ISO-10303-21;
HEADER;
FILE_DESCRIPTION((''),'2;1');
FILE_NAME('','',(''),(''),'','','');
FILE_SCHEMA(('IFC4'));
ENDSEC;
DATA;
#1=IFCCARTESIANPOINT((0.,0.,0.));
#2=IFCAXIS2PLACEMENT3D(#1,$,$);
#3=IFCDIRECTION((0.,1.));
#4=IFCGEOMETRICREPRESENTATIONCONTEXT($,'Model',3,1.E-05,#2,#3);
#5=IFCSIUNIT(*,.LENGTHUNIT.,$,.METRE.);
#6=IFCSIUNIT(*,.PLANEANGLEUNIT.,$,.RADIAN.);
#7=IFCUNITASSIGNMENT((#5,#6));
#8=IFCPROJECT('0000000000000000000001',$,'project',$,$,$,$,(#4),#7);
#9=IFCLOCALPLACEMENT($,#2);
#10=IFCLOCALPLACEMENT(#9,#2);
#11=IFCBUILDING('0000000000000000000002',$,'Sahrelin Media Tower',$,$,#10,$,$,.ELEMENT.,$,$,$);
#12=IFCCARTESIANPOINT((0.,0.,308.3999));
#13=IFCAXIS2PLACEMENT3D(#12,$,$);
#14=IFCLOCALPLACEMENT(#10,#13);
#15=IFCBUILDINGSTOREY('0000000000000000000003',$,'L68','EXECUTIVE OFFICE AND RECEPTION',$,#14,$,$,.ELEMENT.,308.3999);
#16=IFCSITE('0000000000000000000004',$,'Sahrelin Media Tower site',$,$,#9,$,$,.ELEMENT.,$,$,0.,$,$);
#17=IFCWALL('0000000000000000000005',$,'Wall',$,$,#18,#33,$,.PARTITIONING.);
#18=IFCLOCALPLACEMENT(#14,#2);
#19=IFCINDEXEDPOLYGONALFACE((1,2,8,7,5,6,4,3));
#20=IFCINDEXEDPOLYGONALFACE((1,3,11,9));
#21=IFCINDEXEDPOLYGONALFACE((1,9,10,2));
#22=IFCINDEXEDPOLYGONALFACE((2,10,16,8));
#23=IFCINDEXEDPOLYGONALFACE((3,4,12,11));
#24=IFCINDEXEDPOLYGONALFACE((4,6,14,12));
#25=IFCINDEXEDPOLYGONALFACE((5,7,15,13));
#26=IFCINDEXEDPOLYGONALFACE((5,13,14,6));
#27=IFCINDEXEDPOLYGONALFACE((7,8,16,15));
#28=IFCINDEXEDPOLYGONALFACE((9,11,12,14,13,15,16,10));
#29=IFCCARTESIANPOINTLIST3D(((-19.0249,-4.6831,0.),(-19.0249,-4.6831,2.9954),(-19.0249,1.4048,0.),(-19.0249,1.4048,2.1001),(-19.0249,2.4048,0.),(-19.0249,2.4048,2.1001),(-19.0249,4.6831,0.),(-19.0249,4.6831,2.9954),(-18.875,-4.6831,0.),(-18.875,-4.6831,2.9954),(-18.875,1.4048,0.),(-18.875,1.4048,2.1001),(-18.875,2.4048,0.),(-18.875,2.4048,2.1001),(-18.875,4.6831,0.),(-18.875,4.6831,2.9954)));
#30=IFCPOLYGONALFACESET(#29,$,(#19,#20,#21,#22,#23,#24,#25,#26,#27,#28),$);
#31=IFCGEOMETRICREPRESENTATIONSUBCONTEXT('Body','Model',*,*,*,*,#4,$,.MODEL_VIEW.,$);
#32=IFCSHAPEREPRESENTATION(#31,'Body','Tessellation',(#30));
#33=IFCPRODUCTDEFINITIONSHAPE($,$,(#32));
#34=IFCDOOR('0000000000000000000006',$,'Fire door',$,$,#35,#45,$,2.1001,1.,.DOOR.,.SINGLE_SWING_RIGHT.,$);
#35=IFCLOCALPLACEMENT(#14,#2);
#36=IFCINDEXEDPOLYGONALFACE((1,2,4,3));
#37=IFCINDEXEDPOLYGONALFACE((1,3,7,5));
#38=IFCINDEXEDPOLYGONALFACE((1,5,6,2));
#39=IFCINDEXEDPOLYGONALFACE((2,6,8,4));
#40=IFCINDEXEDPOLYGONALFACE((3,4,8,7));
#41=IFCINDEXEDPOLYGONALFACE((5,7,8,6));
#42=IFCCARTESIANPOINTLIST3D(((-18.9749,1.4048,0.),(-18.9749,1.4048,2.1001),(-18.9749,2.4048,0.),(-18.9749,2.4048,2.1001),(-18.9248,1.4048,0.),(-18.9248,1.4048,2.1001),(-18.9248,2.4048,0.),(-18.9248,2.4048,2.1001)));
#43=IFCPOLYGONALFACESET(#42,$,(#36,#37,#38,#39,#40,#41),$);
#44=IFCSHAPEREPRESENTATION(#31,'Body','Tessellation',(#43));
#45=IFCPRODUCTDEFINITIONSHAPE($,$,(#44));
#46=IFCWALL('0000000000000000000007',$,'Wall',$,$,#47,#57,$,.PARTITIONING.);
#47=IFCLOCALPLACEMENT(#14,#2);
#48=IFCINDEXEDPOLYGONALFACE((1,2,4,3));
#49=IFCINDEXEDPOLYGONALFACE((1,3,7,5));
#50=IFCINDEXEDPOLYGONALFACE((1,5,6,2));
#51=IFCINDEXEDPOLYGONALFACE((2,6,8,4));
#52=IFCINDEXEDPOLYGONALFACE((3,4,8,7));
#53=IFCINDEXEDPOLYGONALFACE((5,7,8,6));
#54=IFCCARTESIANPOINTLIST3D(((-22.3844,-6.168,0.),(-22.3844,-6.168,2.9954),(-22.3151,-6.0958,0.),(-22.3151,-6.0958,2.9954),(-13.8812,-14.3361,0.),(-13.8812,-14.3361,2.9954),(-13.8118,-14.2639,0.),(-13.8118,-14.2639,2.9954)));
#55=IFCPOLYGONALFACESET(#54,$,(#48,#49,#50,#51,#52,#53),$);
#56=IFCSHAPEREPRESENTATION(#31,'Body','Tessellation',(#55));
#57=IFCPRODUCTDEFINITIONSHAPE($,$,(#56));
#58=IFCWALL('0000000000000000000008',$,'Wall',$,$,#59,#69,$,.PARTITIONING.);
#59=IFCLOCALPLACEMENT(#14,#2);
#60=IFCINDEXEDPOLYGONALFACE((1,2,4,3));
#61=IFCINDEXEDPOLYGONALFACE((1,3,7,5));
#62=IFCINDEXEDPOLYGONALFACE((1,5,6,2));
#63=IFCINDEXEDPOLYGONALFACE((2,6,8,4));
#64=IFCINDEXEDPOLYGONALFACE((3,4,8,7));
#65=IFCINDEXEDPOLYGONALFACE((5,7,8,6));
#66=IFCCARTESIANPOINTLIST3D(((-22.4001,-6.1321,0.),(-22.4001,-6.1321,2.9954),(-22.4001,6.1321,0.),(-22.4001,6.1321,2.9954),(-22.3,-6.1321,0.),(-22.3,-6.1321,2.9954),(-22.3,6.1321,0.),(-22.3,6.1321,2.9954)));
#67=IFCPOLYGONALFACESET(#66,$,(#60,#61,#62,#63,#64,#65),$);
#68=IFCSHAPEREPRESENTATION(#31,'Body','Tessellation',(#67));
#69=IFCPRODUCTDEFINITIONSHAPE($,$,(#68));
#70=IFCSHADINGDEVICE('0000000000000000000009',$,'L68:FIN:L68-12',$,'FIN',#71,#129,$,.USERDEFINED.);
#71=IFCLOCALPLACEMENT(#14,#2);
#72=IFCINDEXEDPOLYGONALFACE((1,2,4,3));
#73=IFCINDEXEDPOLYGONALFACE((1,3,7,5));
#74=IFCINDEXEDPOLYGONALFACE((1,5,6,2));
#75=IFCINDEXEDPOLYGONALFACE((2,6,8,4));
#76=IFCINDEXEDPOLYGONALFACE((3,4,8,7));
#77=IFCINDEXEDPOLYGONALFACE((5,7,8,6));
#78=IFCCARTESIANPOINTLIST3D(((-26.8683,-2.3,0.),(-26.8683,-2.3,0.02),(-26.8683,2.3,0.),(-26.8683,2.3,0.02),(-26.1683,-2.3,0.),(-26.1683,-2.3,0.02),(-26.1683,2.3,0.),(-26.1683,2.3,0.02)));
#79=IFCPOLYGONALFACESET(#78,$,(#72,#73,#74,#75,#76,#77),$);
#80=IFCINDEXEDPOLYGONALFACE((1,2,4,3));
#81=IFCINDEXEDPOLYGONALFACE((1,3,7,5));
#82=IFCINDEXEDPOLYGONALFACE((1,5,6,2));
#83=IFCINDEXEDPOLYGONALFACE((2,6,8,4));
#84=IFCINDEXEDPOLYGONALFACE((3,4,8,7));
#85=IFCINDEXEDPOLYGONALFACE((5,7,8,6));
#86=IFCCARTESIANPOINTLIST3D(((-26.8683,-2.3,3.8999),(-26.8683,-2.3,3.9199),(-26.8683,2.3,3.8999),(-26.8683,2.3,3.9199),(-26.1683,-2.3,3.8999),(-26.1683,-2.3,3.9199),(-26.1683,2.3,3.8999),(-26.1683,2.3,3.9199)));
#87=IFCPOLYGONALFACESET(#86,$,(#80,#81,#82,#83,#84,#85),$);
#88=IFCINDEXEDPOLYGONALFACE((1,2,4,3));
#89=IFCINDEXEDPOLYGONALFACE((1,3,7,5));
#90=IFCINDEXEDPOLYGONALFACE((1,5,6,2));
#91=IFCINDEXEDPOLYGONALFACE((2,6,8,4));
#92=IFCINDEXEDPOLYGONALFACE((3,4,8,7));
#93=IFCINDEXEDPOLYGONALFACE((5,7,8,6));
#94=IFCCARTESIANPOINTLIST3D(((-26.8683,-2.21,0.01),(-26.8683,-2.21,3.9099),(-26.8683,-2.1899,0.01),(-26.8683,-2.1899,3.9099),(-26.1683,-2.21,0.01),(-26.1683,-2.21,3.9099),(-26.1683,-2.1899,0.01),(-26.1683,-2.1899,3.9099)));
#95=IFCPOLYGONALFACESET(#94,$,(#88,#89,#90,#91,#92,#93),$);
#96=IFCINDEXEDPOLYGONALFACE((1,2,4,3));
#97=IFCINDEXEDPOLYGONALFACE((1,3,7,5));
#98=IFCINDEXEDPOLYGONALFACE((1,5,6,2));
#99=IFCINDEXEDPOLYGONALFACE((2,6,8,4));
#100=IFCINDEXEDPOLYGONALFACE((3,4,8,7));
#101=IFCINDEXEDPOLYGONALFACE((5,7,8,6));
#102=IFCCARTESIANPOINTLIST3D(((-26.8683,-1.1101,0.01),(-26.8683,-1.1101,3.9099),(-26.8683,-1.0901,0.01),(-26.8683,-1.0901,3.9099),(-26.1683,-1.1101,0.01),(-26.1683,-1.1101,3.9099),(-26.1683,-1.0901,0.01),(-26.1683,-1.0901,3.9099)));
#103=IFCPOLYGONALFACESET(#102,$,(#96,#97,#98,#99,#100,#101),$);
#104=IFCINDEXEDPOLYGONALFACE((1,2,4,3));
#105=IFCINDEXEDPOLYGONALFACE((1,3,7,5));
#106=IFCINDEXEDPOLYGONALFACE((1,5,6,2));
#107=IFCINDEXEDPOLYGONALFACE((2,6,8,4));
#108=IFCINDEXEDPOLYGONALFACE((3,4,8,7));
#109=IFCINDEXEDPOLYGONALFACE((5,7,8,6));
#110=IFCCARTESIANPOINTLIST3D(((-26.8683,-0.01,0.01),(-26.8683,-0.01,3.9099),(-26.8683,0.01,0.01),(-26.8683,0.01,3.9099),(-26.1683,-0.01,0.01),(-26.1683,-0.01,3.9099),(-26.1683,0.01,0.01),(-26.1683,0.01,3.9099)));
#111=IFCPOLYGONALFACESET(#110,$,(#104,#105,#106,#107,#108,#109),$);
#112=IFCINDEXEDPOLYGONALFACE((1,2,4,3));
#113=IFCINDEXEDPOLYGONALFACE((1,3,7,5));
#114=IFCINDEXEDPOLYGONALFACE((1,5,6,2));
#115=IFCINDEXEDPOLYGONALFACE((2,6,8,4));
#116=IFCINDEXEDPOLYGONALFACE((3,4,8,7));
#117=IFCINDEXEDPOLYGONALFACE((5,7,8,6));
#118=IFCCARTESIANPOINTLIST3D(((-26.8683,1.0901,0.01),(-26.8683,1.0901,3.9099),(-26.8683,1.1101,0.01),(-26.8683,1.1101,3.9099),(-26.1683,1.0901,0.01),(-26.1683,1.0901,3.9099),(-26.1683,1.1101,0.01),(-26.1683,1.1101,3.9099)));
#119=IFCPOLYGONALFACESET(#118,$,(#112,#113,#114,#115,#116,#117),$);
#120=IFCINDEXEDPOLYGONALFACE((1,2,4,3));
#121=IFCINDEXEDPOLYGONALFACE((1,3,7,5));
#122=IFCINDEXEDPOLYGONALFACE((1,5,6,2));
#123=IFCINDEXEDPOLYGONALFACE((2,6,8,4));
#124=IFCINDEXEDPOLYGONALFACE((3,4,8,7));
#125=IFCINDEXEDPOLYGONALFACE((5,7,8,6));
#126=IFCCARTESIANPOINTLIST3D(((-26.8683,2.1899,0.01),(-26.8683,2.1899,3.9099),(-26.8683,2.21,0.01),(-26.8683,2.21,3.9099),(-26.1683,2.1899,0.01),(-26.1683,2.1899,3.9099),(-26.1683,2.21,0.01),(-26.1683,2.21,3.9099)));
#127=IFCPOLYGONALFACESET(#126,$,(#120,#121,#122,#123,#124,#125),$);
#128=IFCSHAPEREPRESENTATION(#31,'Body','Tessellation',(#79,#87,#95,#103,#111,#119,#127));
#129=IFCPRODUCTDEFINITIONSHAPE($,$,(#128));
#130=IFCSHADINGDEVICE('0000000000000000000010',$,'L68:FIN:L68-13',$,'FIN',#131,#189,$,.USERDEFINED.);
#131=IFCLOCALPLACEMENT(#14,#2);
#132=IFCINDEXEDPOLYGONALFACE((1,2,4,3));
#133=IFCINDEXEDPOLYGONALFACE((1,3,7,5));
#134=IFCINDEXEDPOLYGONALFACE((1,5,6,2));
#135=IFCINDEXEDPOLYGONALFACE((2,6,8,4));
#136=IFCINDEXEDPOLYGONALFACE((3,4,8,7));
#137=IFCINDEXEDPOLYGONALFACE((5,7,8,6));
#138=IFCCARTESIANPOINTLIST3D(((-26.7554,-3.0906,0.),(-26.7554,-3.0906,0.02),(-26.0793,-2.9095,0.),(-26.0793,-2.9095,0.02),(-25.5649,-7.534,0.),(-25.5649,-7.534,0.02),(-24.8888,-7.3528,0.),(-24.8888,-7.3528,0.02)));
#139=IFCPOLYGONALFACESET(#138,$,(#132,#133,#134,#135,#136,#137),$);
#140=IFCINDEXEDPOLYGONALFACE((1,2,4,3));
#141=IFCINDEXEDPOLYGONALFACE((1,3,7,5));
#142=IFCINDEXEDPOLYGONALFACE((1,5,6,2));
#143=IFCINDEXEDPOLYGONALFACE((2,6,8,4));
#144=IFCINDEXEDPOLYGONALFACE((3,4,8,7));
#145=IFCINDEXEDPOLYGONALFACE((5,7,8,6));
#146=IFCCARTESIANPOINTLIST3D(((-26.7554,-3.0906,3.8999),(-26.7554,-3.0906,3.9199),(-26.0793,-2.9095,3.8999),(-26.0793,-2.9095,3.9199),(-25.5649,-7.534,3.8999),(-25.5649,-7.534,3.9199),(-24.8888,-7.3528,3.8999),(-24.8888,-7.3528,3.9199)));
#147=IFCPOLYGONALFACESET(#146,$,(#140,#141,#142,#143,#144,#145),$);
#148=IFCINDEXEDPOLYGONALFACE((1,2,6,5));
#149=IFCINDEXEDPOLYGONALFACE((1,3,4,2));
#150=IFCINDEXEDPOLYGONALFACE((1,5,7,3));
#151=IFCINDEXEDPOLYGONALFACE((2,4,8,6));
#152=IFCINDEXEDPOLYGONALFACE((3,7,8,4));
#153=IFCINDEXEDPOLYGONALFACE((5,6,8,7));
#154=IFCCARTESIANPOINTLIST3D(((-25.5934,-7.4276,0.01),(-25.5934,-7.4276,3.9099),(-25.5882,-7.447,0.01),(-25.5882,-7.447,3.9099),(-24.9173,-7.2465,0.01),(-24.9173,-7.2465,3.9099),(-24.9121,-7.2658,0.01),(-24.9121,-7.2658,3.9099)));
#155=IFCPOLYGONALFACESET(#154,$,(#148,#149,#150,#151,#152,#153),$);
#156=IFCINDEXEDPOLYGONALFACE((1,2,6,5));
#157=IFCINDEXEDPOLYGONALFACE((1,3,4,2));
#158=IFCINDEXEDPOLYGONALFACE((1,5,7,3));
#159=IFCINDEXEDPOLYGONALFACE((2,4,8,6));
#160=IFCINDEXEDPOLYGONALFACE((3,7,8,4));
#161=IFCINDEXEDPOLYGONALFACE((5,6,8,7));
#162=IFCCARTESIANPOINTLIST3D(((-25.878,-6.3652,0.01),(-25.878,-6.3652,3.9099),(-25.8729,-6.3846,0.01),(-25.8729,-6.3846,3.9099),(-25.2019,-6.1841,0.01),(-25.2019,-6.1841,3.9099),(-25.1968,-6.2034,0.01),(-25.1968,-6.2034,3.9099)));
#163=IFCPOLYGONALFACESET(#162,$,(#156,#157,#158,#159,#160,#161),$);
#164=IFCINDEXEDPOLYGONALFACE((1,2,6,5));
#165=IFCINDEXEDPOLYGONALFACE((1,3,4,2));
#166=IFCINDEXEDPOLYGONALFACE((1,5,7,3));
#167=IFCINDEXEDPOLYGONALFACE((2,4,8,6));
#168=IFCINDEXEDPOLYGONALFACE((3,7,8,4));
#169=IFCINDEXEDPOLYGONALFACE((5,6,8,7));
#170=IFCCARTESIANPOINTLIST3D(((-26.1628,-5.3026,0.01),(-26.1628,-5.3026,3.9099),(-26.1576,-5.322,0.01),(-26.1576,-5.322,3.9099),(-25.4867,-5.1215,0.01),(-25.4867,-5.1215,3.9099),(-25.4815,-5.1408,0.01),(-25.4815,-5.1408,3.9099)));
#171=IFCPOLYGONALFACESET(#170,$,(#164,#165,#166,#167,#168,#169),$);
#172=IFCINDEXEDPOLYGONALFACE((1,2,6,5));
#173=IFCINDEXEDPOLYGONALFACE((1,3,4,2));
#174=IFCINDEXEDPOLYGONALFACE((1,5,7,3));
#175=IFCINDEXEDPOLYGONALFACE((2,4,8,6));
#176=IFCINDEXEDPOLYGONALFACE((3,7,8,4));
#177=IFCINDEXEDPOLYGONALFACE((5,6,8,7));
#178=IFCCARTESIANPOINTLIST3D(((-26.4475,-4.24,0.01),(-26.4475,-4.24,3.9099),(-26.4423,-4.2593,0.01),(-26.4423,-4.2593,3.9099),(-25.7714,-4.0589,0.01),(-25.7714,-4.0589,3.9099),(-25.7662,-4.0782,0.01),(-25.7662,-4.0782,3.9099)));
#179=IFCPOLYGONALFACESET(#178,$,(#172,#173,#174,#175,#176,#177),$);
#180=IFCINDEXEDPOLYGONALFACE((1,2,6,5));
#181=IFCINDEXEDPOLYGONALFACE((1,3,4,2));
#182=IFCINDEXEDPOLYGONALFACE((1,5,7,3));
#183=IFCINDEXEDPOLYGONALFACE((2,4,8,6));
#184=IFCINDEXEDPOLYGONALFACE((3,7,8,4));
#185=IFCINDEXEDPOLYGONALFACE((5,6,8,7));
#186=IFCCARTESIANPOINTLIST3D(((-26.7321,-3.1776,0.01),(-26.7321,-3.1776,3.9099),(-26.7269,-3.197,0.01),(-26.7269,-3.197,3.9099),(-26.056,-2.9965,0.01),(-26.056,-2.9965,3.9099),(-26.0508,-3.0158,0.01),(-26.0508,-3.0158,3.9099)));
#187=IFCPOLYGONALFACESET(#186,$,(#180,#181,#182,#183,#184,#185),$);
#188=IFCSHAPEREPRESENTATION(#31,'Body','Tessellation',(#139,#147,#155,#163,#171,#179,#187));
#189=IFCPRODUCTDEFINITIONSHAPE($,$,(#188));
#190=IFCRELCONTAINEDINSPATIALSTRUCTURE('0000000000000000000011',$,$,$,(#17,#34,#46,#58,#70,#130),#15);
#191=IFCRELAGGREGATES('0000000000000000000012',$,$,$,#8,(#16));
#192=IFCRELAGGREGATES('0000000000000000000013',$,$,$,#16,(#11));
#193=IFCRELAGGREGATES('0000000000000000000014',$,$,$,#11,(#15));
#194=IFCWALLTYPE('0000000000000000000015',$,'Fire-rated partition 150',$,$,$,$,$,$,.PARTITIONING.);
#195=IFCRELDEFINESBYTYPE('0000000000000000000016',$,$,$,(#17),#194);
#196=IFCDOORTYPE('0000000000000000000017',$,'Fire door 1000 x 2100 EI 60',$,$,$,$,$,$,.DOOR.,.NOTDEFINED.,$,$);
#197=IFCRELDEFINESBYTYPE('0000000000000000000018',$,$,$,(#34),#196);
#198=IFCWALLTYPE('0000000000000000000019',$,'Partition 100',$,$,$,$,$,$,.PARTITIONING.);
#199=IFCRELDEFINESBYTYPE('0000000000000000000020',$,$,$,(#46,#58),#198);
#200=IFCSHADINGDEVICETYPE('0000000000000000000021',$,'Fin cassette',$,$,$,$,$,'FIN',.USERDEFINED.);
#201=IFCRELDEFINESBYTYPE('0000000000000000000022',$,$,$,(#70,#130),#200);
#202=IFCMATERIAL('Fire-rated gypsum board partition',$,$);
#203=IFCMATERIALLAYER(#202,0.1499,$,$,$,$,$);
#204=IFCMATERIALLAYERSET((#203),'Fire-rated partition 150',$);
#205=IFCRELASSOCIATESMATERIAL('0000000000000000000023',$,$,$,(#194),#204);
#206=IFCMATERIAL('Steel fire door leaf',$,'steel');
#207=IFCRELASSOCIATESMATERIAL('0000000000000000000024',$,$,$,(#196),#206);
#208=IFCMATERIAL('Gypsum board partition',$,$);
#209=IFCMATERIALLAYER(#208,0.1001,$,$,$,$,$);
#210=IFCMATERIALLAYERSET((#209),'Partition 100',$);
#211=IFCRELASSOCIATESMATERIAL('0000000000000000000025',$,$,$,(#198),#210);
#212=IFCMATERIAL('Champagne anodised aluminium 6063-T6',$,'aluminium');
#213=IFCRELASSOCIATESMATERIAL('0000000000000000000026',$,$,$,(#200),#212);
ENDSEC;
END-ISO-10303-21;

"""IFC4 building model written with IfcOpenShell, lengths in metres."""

from ifc_helpers import new_model, si_unit, direction, frame, frame_2d, origin, origin_2d, place, context, subcontext, project, spatial, rectangle, extrude, material, layer, layer_set, type_object, element, fill, save


model = new_model("IFC4")

# Units and contexts
model_context = context("Model", 3, precision=1e-05, world=origin(), true_north=direction((0.0, 1.0)))
body_context = subcontext(model_context, "Body", "Model", "MODEL_VIEW")
ifc_project = project(units=[si_unit("LENGTHUNIT", "METRE"), si_unit("PLANEANGLEUNIT", "RADIAN")], contexts=[model_context])

# Site, building, storey
site_placement = place(None, origin())
site = spatial("IfcSite", under=ifc_project, at=site_placement, Name="Sahrelin Media Tower site", CompositionType="ELEMENT", RefElevation=0.0)
building_placement = place(site_placement, origin())
building = spatial("IfcBuilding", under=site, at=building_placement, Name="Sahrelin Media Tower", CompositionType="ELEMENT")
storey_placement = place(building_placement, frame((0.0, 0.0, 308.3999)))
storey = spatial("IfcBuildingStorey", under=building, at=storey_placement, Name="L68", Description="EXECUTIVE OFFICE AND RECEPTION", CompositionType="ELEMENT", Elevation=308.3999)

# Shared definitions
ifc_material_1 = material(Name="Champagne anodised aluminium 6063-T6", Category="aluminium")

# Shared definitions
ifc_material_2 = material(Name="Fire-rated gypsum board partition")
ifc_layer_1 = layer(ifc_material_2, 0.1499)
ifc_layer_set_1 = layer_set([ifc_layer_1], Name="Fire-rated partition 150")
wall_type_1 = type_object("IfcWallType", Name="Fire-rated partition 150", PredefinedType="PARTITIONING", material=ifc_layer_set_1)

# Shared definitions
ifc_material_3 = material(Name="Steel fire door leaf", Category="steel")
door_type = type_object("IfcDoorType", Name="Fire door 1000 x 2100 EI 60", OperationType="NOTDEFINED", PredefinedType="DOOR", material=ifc_material_3)

# Wall, opening, door
wall_1_placement = place(storey_placement, frame((-18.95, -4.6831, 0.0), z_axis=(0.0, 0.0, 1.0), x_axis=(0.0, 1.0, 0.0)))
wall_1 = element("IfcWall", 1, at=wall_1_placement, inside=storey, type_object=wall_type_1, Name="Wall", PredefinedType="PARTITIONING", context=body_context, shape_type="SweptSolid", body=[
    extrude(rectangle(XDim=9.3662, YDim=0.1499, at=frame_2d((4.6831, 0.0))), origin(), (0.0, 0.0, 1.0), 2.9954),
])
opening_1_placement = place(wall_1_placement, frame((6.0879, 0.0, 0.0)))
opening_1 = element("IfcOpeningElement", 2, at=opening_1_placement, cuts=wall_1, PredefinedType="OPENING", context=body_context, shape_type="SweptSolid", body=[
    extrude(rectangle(XDim=1.0, YDim=2.1001, at=frame_2d((0.5, 1.05))), frame((0.0, 0.075, 0.0), z_axis=(0.0, -1.0, 0.0), x_axis=(1.0, 0.0, 0.0)), (0.0, 0.0, 1.0), 0.1499),
])
door_1_placement = place(opening_1_placement, origin())
door_1 = element("IfcDoor", 3, at=door_1_placement, inside=storey, type_object=door_type, Name="Fire door", OperationType="SINGLE_SWING_RIGHT", OverallHeight=2.1001, OverallWidth=1.0, PredefinedType="DOOR", context=body_context, shape_type="SweptSolid", body=[
    extrude(rectangle(XDim=1.0, YDim=2.1001, at=frame_2d((0.5, 1.05))), frame((0.0, 0.0249, 0.0), z_axis=(0.0, -1.0, 0.0), x_axis=(1.0, 0.0, 0.0)), (0.0, 0.0, 1.0), 0.05),
])
fill(opening_1, door_1)

# Walls
ifc_material_4 = material(Name="Gypsum board partition")
ifc_layer_2 = layer(ifc_material_4, 0.1001)
ifc_layer_set_2 = layer_set([ifc_layer_2], Name="Partition 100")
wall_type_2 = type_object("IfcWallType", Name="Partition 100", PredefinedType="PARTITIONING", material=ifc_layer_set_2)
wall_2_placement = place(storey_placement, frame((-22.3499, -6.1318, 0.0), z_axis=(0.0, 0.0, 1.0), x_axis=(0.721179, -0.692749, 0.0)))
element("IfcWall", 4, at=wall_2_placement, inside=storey, type_object=wall_type_2, Name="Wall", PredefinedType="PARTITIONING", context=body_context, shape_type="SweptSolid", body=[
    extrude(rectangle(XDim=11.7908, YDim=0.1001, at=frame_2d((5.8955, 0.0))), origin(), (0.0, 0.0, 1.0), 2.9954),
])
wall_3_placement = place(storey_placement, frame((-22.3501, -6.1321, 0.0), z_axis=(0.0, 0.0, 1.0), x_axis=(0.0, 1.0, 0.0)))
element("IfcWall", 5, at=wall_3_placement, inside=storey, type_object=wall_type_2, Name="Wall", PredefinedType="PARTITIONING", context=body_context, shape_type="SweptSolid", body=[
    extrude(rectangle(XDim=12.2642, YDim=0.1001, at=frame_2d((6.1321, 0.0))), origin(), (0.0, 0.0, 1.0), 2.9954),
])

# Shading devices
shading_device_type_1 = type_object("IfcShadingDeviceType", Name="Fin cassette", ElementType="FIN", PredefinedType="USERDEFINED", material=ifc_material_1)
placement_1 = place(storey_placement, frame((-26.0984, 0.0, 0.0), z_axis=(0.0, 0.0, 1.0), x_axis=(0.0, 1.0, 0.0)))
element("IfcShadingDevice", 6, at=placement_1, inside=storey, type_object=shading_device_type_1, Name="L68:FIN:L68-12", ObjectType="FIN", PredefinedType="USERDEFINED", context=body_context, shape_type="SweptSolid", body=[
    extrude(rectangle(XDim=4.6001, YDim=0.7, at=origin_2d()), frame((0.0, 0.4199, 0.0)), (0.0, 0.0, 1.0), 0.02),
    extrude(rectangle(XDim=4.6001, YDim=0.7, at=origin_2d()), frame((0.0, 0.4199, 3.8999)), (0.0, 0.0, 1.0), 0.02),
    extrude(rectangle(XDim=0.02, YDim=0.7, at=origin_2d()), frame((-2.2, 0.4199, 0.01), z_axis=(0.0, 0.0, 1.0), x_axis=(1.0, 0.0, 0.0)), (0.0, 0.0, 1.0), 3.8999),
    extrude(rectangle(XDim=0.02, YDim=0.7, at=origin_2d()), frame((-1.1001, 0.4199, 0.01), z_axis=(0.0, 0.0, 1.0), x_axis=(1.0, 0.0, 0.0)), (0.0, 0.0, 1.0), 3.8999),
    extrude(rectangle(XDim=0.02, YDim=0.7, at=origin_2d()), frame((0.0, 0.4199, 0.01), z_axis=(0.0, 0.0, 1.0), x_axis=(1.0, 0.0, 0.0)), (0.0, 0.0, 1.0), 3.8999),
    extrude(rectangle(XDim=0.02, YDim=0.7, at=origin_2d()), frame((1.1001, 0.4199, 0.01), z_axis=(0.0, 0.0, 1.0), x_axis=(1.0, 0.0, 0.0)), (0.0, 0.0, 1.0), 3.8999),
    extrude(rectangle(XDim=0.02, YDim=0.7, at=origin_2d()), frame((2.2, 0.4199, 0.01), z_axis=(0.0, 0.0, 1.0), x_axis=(1.0, 0.0, 0.0)), (0.0, 0.0, 1.0), 3.8999),
])
placement_2 = place(storey_placement, frame((-25.4165, -5.113, 0.0), z_axis=(0.0, 0.0, 1.0), x_axis=(-0.258808, 0.965929, 0.0)))
element("IfcShadingDevice", 7, at=placement_2, inside=storey, type_object=shading_device_type_1, Name="L68:FIN:L68-13", ObjectType="FIN", PredefinedType="USERDEFINED", context=body_context, shape_type="SweptSolid", body=[
    extrude(rectangle(XDim=4.6001, YDim=0.7, at=origin_2d()), frame((0.0, 0.4199, 0.0)), (0.0, 0.0, 1.0), 0.02),
    extrude(rectangle(XDim=4.6001, YDim=0.7, at=origin_2d()), frame((0.0, 0.4199, 3.8999)), (0.0, 0.0, 1.0), 0.02),
    extrude(rectangle(XDim=0.02, YDim=0.7, at=origin_2d()), frame((-2.2, 0.4199, 0.01), z_axis=(0.0, 0.0, 1.0), x_axis=(1.0, 0.0, 0.0)), (0.0, 0.0, 1.0), 3.8999),
    extrude(rectangle(XDim=0.02, YDim=0.7, at=origin_2d()), frame((-1.1001, 0.4199, 0.01), z_axis=(0.0, 0.0, 1.0), x_axis=(1.0, 0.0, 0.0)), (0.0, 0.0, 1.0), 3.8999),
    extrude(rectangle(XDim=0.02, YDim=0.7, at=origin_2d()), frame((0.0, 0.4199, 0.01), z_axis=(0.0, 0.0, 1.0), x_axis=(1.0, 0.0, 0.0)), (0.0, 0.0, 1.0), 3.8999),
    extrude(rectangle(XDim=0.02, YDim=0.7, at=origin_2d()), frame((1.1001, 0.4199, 0.01), z_axis=(0.0, 0.0, 1.0), x_axis=(1.0, 0.0, 0.0)), (0.0, 0.0, 1.0), 3.8999),
    extrude(rectangle(XDim=0.02, YDim=0.7, at=origin_2d()), frame((2.2, 0.4199, 0.01), z_axis=(0.0, 0.0, 1.0), x_axis=(1.0, 0.0, 0.0)), (0.0, 0.0, 1.0), 3.8999),
])

save(model, "model.ifc")
